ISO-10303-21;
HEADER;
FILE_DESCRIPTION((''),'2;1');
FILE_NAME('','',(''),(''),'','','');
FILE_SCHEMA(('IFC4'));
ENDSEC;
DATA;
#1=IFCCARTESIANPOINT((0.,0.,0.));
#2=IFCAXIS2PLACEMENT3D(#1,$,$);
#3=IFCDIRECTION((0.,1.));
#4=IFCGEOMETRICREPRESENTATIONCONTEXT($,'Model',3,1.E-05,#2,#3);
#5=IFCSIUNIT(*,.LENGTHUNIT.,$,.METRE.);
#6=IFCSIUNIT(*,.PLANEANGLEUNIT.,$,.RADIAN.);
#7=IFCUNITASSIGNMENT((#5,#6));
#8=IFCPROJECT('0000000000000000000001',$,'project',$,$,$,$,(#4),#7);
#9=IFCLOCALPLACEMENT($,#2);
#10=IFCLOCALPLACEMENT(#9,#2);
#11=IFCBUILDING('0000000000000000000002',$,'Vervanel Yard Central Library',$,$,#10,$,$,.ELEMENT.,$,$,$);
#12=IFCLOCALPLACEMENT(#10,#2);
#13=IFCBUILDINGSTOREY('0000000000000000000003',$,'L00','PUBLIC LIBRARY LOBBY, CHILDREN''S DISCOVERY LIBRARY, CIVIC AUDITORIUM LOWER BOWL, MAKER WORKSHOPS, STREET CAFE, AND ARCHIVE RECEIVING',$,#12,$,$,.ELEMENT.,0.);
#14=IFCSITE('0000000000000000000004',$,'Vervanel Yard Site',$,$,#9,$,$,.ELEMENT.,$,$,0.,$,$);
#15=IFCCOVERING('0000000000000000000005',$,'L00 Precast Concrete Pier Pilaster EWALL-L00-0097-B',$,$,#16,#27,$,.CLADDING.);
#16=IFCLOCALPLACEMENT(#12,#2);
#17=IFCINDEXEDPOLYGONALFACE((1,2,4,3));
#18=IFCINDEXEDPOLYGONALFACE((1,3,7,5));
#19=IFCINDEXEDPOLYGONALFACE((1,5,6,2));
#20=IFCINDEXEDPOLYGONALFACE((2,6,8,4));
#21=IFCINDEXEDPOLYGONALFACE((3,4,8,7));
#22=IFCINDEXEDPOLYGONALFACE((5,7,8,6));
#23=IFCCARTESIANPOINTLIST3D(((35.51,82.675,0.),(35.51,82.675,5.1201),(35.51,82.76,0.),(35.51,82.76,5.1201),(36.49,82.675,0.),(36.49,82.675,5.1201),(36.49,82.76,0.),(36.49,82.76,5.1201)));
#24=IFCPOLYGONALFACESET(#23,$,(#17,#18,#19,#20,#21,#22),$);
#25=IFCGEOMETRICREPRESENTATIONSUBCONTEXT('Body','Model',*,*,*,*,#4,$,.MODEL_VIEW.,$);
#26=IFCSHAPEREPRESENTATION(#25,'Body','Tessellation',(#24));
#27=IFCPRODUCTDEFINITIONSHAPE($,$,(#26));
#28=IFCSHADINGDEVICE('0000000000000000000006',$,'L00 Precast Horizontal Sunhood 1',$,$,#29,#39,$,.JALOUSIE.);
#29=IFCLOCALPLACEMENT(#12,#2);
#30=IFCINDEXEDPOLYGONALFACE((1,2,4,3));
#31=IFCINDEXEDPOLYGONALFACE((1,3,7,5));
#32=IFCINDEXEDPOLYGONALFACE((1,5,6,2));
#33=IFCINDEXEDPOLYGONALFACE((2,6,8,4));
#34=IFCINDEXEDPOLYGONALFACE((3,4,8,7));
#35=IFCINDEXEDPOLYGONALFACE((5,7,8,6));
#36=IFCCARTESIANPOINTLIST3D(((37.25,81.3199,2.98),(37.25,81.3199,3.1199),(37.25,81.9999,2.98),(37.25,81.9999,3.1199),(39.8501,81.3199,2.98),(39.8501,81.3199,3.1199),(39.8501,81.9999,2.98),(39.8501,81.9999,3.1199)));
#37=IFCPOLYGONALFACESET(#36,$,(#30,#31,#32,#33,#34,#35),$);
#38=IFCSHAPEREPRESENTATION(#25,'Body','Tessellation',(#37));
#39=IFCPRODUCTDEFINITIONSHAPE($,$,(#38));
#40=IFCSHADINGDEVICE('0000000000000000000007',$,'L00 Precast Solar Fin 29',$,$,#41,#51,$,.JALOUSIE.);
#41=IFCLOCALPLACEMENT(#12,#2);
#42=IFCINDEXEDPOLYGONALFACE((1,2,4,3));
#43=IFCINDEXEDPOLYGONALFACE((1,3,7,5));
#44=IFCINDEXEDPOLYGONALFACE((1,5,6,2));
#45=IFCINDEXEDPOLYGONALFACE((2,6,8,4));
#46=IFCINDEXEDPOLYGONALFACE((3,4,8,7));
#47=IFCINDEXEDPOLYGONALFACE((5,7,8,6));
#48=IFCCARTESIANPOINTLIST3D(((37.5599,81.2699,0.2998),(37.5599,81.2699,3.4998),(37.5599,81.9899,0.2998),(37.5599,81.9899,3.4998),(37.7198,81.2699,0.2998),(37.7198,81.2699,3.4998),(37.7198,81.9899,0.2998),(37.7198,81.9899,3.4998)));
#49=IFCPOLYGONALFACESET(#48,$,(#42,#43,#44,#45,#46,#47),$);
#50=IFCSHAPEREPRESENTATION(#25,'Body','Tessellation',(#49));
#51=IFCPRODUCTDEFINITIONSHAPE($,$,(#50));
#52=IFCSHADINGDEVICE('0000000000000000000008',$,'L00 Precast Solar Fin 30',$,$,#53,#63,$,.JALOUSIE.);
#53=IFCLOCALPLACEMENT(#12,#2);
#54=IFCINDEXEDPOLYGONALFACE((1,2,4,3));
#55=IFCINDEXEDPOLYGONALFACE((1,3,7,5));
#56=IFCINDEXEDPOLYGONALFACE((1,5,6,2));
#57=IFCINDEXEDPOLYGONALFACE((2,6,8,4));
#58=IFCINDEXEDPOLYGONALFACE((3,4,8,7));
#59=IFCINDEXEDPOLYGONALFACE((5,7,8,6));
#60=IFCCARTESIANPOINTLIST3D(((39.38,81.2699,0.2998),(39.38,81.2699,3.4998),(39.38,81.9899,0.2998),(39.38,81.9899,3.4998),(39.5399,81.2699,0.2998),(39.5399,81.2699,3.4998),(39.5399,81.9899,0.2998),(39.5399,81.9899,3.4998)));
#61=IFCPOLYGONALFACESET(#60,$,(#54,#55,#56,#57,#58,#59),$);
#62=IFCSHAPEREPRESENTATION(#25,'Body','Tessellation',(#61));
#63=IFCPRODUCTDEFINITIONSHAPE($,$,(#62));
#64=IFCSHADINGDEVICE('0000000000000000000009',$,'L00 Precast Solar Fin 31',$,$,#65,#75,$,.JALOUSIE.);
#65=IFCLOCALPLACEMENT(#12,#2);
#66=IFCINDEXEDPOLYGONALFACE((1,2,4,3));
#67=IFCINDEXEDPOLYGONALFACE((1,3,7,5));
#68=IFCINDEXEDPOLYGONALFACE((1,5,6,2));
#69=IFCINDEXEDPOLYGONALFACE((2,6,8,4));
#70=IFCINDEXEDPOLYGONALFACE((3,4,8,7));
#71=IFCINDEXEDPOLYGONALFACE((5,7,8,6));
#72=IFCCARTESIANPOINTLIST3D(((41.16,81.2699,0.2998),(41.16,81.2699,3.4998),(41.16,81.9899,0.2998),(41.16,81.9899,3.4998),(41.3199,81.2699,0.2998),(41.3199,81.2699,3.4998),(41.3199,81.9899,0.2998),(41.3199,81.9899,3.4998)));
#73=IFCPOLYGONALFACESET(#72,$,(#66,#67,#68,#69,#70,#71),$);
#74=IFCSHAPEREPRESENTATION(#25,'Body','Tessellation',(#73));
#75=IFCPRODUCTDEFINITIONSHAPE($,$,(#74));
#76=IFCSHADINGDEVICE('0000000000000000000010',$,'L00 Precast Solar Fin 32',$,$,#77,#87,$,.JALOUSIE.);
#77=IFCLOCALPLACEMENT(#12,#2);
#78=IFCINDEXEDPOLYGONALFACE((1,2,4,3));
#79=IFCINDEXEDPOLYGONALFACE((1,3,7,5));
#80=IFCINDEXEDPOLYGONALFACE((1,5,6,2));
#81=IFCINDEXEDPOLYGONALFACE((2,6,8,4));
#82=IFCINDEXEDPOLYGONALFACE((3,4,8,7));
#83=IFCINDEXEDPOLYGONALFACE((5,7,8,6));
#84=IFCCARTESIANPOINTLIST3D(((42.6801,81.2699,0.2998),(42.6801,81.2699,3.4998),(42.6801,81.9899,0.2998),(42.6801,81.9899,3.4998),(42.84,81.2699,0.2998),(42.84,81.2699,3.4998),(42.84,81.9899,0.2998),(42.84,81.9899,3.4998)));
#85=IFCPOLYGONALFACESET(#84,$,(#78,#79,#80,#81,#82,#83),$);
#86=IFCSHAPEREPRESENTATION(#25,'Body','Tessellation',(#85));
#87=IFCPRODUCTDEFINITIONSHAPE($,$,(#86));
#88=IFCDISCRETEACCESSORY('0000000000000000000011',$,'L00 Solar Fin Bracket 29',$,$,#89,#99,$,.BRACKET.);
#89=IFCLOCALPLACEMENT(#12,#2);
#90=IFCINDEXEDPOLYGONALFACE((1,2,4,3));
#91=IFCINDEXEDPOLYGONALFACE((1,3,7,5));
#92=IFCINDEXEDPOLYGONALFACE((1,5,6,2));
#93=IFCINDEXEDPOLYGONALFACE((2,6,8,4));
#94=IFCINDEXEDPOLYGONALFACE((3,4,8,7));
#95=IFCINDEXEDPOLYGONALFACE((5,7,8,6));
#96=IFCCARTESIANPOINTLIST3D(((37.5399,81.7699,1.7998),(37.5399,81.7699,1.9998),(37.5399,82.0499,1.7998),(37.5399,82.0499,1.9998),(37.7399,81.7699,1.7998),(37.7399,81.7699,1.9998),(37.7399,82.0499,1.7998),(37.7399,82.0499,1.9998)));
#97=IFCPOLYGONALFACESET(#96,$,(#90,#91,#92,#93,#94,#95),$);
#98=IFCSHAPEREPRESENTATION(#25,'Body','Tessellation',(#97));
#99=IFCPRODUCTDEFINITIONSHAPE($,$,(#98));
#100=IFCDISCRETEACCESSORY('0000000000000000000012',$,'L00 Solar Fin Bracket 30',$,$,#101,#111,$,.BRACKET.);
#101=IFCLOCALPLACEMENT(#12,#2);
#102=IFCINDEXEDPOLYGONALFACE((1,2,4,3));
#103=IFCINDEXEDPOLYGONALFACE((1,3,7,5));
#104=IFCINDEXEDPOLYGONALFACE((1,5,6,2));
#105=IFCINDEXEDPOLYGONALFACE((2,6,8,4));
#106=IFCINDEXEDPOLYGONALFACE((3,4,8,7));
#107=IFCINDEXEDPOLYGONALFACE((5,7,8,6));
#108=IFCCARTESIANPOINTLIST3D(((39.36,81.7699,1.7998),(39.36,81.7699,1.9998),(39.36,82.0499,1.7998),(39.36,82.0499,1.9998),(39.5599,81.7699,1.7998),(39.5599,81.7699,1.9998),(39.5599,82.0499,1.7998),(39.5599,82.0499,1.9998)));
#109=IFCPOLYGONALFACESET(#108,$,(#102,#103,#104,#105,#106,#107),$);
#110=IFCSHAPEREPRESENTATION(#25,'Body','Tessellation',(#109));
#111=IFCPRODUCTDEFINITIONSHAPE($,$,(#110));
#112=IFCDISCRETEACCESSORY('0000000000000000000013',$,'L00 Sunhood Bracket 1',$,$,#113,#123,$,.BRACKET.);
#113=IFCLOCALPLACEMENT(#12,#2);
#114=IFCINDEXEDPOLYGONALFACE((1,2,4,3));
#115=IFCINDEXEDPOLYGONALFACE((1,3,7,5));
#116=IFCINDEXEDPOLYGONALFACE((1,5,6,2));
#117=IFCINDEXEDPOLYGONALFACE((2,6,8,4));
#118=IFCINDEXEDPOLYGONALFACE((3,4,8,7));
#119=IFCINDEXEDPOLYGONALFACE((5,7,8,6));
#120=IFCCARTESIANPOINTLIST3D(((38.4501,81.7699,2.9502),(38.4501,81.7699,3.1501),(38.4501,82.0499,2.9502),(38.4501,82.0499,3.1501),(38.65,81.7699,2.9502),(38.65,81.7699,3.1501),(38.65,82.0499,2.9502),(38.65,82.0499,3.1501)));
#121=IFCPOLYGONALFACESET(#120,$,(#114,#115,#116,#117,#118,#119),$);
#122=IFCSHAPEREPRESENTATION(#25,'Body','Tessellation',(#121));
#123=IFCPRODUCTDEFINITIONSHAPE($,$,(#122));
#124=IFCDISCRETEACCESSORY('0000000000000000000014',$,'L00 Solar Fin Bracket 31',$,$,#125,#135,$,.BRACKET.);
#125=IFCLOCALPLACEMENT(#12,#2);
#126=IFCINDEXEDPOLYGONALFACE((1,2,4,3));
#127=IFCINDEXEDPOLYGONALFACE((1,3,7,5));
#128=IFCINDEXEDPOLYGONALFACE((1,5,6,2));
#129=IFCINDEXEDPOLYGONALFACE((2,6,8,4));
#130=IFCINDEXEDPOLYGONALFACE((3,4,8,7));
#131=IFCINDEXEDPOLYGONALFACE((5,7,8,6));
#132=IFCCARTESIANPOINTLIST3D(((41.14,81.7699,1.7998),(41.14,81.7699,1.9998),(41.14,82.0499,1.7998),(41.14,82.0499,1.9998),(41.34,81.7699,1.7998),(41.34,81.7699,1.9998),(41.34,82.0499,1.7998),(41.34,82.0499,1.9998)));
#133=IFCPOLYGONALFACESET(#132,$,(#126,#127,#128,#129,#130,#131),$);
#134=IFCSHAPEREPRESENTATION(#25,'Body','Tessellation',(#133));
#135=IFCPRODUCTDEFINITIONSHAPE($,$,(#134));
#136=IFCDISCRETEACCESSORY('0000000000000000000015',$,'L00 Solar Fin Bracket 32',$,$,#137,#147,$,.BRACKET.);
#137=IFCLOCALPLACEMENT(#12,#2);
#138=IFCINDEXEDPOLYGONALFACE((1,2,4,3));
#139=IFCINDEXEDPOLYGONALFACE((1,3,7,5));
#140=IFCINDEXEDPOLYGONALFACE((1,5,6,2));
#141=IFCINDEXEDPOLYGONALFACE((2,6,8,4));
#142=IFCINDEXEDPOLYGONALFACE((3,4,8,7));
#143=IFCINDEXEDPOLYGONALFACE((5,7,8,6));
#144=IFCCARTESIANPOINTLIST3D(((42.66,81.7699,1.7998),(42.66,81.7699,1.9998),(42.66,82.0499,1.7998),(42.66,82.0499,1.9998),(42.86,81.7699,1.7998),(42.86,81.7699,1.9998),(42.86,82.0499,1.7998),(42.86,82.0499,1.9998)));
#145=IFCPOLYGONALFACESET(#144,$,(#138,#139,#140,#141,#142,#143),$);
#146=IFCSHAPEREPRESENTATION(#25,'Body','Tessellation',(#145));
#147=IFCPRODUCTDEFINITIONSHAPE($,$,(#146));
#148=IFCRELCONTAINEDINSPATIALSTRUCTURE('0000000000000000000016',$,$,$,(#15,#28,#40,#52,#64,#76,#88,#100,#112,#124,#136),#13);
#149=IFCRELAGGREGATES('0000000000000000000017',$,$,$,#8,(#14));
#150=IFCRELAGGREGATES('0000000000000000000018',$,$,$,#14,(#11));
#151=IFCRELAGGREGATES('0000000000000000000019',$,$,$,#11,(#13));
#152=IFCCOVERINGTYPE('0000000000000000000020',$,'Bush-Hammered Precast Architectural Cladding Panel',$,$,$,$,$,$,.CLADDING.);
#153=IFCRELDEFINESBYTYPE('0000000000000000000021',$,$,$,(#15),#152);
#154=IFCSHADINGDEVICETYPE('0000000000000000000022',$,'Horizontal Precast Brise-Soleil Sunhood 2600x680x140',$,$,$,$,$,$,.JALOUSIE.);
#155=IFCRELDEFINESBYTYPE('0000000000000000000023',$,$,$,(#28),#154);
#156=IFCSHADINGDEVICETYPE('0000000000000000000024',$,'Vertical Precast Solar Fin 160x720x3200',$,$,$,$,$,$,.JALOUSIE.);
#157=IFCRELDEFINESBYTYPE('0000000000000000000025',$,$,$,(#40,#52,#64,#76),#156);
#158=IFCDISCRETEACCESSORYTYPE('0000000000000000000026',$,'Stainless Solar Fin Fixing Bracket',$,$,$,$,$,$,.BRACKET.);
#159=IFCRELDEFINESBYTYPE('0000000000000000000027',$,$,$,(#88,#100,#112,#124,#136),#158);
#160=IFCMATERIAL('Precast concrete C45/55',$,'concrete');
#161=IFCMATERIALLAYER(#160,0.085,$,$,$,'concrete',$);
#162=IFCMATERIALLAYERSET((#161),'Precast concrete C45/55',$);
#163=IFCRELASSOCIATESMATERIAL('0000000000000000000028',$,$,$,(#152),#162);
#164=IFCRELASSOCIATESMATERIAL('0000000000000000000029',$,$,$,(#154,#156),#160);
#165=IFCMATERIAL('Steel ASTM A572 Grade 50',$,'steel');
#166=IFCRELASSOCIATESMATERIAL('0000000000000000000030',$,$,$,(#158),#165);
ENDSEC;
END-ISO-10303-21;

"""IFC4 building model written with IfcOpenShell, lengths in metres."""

from ifc_helpers import new_model, si_unit, direction, frame, origin, origin_2d, place, context, subcontext, project, spatial, rectangle, extrude, material, layer, layer_set, type_object, element, save


model = new_model("IFC4")

# Units and contexts
model_context = context("Model", 3, precision=1e-05, world=origin(), true_north=direction((0.0, 1.0)))
body_context = subcontext(model_context, "Body", "Model", "MODEL_VIEW")
ifc_project = project(units=[si_unit("LENGTHUNIT", "METRE"), si_unit("PLANEANGLEUNIT", "RADIAN")], contexts=[model_context])

# Site, building, storey
site_placement = place(None, origin())
site = spatial("IfcSite", under=ifc_project, at=site_placement, Name="Vervanel Yard Site", CompositionType="ELEMENT", RefElevation=0.0)
building_placement = place(site_placement, origin())
building = spatial("IfcBuilding", under=site, at=building_placement, Name="Vervanel Yard Central Library", CompositionType="ELEMENT")
storey_placement = place(building_placement, origin())
storey = spatial("IfcBuildingStorey", under=building, at=storey_placement, Name="L00", Description="PUBLIC LIBRARY LOBBY, CHILDREN'S DISCOVERY LIBRARY, CIVIC AUDITORIUM LOWER BOWL, MAKER WORKSHOPS, STREET CAFE, AND ARCHIVE RECEIVING", CompositionType="ELEMENT", Elevation=0.0)

# Shared definitions
ifc_material_1 = material(Name="Precast concrete C45/55", Category="concrete")

# Covering
ifc_layer_1 = layer(ifc_material_1, 0.085, Category="concrete")
ifc_layer_set_1 = layer_set([ifc_layer_1], Name="Precast concrete C45/55")
covering_type = type_object("IfcCoveringType", Name="Bush-Hammered Precast Architectural Cladding Panel", PredefinedType="CLADDING", material=ifc_layer_set_1)
for number, where, z_axis, x_axis, name in (
    (1, (36.0, 82.7175, 0.0), (0.0, 0.0, 1.0), (1.0, 0.0, 0.0), "L00 Precast Concrete Pier Pilaster EWALL-L00-0097-B"),
):
    element("IfcCovering", number, at=place(storey_placement, frame(where, z_axis=z_axis, x_axis=x_axis)), inside=storey, type_object=covering_type, Name=name, PredefinedType="CLADDING", context=body_context, shape_type="SweptSolid", body=[
        extrude(rectangle(XDim=0.98, YDim=0.085, at=origin_2d()), origin(), (0.0, 0.0, 1.0), 5.1201),
    ])

# Shading devices
shading_device_type_1 = type_object("IfcShadingDeviceType", Name="Horizontal Precast Brise-Soleil Sunhood 2600x680x140", PredefinedType="JALOUSIE", material=ifc_material_1)
shading_device_placement = place(storey_placement, frame((38.55, 81.6599, 2.98), z_axis=(0.0, 0.0, 1.0), x_axis=(1.0, 0.0, 0.0)))
element("IfcShadingDevice", 2, at=shading_device_placement, inside=storey, type_object=shading_device_type_1, Name="L00 Precast Horizontal Sunhood 1", PredefinedType="JALOUSIE", context=body_context, shape_type="SweptSolid", body=[
    extrude(rectangle(XDim=2.6001, YDim=0.6799, at=origin_2d()), origin(), (0.0, 0.0, 1.0), 0.1399),
])
shading_device_type_2 = type_object("IfcShadingDeviceType", Name="Vertical Precast Solar Fin 160x720x3200", PredefinedType="JALOUSIE", material=ifc_material_1)
for number, where, z_axis, x_axis, name in (
    (3, (37.6399, 81.6299, 0.2998), (0.0, 0.0, 1.0), (1.0, 0.0, 0.0), "L00 Precast Solar Fin 29"),
    (4, (39.46, 81.6299, 0.2998), (0.0, 0.0, 1.0), (1.0, 0.0, 0.0), "L00 Precast Solar Fin 30"),
    (5, (41.24, 81.6299, 0.2998), (0.0, 0.0, 1.0), (1.0, 0.0, 0.0), "L00 Precast Solar Fin 31"),
    (6, (42.76, 81.6299, 0.2998), (0.0, 0.0, 1.0), (1.0, 0.0, 0.0), "L00 Precast Solar Fin 32"),
):
    element("IfcShadingDevice", number, at=place(storey_placement, frame(where, z_axis=z_axis, x_axis=x_axis)), inside=storey, type_object=shading_device_type_2, Name=name, PredefinedType="JALOUSIE", context=body_context, shape_type="SweptSolid", body=[
        extrude(rectangle(XDim=0.1599, YDim=0.72, at=origin_2d()), origin(), (0.0, 0.0, 1.0), 3.2),
    ])

# Discrete accessories
ifc_material_2 = material(Name="Steel ASTM A572 Grade 50", Category="steel")
discrete_accessory_type = type_object("IfcDiscreteAccessoryType", Name="Stainless Solar Fin Fixing Bracket", PredefinedType="BRACKET", material=ifc_material_2)
for number, where, z_axis, x_axis, name in (
    (7, (37.6399, 81.9099, 1.7998), (0.0, 0.0, 1.0), (1.0, 0.0, 0.0), "L00 Solar Fin Bracket 29"),
    (8, (39.46, 81.9099, 1.7998), (0.0, 0.0, 1.0), (1.0, 0.0, 0.0), "L00 Solar Fin Bracket 30"),
    (9, (38.55, 81.9099, 2.9502), (0.0, 0.0, 1.0), (1.0, 0.0, 0.0), "L00 Sunhood Bracket 1"),
    (10, (41.24, 81.9099, 1.7998), (0.0, 0.0, 1.0), (1.0, 0.0, 0.0), "L00 Solar Fin Bracket 31"),
    (11, (42.76, 81.9099, 1.7998), (0.0, 0.0, 1.0), (1.0, 0.0, 0.0), "L00 Solar Fin Bracket 32"),
):
    element("IfcDiscreteAccessory", number, at=place(storey_placement, frame(where, z_axis=z_axis, x_axis=x_axis)), inside=storey, type_object=discrete_accessory_type, Name=name, PredefinedType="BRACKET", context=body_context, shape_type="SweptSolid", body=[
        extrude(rectangle(XDim=0.2, YDim=0.28, at=origin_2d()), origin(), (0.0, 0.0, 1.0), 0.2),
    ])

save(model, "model.ifc")
